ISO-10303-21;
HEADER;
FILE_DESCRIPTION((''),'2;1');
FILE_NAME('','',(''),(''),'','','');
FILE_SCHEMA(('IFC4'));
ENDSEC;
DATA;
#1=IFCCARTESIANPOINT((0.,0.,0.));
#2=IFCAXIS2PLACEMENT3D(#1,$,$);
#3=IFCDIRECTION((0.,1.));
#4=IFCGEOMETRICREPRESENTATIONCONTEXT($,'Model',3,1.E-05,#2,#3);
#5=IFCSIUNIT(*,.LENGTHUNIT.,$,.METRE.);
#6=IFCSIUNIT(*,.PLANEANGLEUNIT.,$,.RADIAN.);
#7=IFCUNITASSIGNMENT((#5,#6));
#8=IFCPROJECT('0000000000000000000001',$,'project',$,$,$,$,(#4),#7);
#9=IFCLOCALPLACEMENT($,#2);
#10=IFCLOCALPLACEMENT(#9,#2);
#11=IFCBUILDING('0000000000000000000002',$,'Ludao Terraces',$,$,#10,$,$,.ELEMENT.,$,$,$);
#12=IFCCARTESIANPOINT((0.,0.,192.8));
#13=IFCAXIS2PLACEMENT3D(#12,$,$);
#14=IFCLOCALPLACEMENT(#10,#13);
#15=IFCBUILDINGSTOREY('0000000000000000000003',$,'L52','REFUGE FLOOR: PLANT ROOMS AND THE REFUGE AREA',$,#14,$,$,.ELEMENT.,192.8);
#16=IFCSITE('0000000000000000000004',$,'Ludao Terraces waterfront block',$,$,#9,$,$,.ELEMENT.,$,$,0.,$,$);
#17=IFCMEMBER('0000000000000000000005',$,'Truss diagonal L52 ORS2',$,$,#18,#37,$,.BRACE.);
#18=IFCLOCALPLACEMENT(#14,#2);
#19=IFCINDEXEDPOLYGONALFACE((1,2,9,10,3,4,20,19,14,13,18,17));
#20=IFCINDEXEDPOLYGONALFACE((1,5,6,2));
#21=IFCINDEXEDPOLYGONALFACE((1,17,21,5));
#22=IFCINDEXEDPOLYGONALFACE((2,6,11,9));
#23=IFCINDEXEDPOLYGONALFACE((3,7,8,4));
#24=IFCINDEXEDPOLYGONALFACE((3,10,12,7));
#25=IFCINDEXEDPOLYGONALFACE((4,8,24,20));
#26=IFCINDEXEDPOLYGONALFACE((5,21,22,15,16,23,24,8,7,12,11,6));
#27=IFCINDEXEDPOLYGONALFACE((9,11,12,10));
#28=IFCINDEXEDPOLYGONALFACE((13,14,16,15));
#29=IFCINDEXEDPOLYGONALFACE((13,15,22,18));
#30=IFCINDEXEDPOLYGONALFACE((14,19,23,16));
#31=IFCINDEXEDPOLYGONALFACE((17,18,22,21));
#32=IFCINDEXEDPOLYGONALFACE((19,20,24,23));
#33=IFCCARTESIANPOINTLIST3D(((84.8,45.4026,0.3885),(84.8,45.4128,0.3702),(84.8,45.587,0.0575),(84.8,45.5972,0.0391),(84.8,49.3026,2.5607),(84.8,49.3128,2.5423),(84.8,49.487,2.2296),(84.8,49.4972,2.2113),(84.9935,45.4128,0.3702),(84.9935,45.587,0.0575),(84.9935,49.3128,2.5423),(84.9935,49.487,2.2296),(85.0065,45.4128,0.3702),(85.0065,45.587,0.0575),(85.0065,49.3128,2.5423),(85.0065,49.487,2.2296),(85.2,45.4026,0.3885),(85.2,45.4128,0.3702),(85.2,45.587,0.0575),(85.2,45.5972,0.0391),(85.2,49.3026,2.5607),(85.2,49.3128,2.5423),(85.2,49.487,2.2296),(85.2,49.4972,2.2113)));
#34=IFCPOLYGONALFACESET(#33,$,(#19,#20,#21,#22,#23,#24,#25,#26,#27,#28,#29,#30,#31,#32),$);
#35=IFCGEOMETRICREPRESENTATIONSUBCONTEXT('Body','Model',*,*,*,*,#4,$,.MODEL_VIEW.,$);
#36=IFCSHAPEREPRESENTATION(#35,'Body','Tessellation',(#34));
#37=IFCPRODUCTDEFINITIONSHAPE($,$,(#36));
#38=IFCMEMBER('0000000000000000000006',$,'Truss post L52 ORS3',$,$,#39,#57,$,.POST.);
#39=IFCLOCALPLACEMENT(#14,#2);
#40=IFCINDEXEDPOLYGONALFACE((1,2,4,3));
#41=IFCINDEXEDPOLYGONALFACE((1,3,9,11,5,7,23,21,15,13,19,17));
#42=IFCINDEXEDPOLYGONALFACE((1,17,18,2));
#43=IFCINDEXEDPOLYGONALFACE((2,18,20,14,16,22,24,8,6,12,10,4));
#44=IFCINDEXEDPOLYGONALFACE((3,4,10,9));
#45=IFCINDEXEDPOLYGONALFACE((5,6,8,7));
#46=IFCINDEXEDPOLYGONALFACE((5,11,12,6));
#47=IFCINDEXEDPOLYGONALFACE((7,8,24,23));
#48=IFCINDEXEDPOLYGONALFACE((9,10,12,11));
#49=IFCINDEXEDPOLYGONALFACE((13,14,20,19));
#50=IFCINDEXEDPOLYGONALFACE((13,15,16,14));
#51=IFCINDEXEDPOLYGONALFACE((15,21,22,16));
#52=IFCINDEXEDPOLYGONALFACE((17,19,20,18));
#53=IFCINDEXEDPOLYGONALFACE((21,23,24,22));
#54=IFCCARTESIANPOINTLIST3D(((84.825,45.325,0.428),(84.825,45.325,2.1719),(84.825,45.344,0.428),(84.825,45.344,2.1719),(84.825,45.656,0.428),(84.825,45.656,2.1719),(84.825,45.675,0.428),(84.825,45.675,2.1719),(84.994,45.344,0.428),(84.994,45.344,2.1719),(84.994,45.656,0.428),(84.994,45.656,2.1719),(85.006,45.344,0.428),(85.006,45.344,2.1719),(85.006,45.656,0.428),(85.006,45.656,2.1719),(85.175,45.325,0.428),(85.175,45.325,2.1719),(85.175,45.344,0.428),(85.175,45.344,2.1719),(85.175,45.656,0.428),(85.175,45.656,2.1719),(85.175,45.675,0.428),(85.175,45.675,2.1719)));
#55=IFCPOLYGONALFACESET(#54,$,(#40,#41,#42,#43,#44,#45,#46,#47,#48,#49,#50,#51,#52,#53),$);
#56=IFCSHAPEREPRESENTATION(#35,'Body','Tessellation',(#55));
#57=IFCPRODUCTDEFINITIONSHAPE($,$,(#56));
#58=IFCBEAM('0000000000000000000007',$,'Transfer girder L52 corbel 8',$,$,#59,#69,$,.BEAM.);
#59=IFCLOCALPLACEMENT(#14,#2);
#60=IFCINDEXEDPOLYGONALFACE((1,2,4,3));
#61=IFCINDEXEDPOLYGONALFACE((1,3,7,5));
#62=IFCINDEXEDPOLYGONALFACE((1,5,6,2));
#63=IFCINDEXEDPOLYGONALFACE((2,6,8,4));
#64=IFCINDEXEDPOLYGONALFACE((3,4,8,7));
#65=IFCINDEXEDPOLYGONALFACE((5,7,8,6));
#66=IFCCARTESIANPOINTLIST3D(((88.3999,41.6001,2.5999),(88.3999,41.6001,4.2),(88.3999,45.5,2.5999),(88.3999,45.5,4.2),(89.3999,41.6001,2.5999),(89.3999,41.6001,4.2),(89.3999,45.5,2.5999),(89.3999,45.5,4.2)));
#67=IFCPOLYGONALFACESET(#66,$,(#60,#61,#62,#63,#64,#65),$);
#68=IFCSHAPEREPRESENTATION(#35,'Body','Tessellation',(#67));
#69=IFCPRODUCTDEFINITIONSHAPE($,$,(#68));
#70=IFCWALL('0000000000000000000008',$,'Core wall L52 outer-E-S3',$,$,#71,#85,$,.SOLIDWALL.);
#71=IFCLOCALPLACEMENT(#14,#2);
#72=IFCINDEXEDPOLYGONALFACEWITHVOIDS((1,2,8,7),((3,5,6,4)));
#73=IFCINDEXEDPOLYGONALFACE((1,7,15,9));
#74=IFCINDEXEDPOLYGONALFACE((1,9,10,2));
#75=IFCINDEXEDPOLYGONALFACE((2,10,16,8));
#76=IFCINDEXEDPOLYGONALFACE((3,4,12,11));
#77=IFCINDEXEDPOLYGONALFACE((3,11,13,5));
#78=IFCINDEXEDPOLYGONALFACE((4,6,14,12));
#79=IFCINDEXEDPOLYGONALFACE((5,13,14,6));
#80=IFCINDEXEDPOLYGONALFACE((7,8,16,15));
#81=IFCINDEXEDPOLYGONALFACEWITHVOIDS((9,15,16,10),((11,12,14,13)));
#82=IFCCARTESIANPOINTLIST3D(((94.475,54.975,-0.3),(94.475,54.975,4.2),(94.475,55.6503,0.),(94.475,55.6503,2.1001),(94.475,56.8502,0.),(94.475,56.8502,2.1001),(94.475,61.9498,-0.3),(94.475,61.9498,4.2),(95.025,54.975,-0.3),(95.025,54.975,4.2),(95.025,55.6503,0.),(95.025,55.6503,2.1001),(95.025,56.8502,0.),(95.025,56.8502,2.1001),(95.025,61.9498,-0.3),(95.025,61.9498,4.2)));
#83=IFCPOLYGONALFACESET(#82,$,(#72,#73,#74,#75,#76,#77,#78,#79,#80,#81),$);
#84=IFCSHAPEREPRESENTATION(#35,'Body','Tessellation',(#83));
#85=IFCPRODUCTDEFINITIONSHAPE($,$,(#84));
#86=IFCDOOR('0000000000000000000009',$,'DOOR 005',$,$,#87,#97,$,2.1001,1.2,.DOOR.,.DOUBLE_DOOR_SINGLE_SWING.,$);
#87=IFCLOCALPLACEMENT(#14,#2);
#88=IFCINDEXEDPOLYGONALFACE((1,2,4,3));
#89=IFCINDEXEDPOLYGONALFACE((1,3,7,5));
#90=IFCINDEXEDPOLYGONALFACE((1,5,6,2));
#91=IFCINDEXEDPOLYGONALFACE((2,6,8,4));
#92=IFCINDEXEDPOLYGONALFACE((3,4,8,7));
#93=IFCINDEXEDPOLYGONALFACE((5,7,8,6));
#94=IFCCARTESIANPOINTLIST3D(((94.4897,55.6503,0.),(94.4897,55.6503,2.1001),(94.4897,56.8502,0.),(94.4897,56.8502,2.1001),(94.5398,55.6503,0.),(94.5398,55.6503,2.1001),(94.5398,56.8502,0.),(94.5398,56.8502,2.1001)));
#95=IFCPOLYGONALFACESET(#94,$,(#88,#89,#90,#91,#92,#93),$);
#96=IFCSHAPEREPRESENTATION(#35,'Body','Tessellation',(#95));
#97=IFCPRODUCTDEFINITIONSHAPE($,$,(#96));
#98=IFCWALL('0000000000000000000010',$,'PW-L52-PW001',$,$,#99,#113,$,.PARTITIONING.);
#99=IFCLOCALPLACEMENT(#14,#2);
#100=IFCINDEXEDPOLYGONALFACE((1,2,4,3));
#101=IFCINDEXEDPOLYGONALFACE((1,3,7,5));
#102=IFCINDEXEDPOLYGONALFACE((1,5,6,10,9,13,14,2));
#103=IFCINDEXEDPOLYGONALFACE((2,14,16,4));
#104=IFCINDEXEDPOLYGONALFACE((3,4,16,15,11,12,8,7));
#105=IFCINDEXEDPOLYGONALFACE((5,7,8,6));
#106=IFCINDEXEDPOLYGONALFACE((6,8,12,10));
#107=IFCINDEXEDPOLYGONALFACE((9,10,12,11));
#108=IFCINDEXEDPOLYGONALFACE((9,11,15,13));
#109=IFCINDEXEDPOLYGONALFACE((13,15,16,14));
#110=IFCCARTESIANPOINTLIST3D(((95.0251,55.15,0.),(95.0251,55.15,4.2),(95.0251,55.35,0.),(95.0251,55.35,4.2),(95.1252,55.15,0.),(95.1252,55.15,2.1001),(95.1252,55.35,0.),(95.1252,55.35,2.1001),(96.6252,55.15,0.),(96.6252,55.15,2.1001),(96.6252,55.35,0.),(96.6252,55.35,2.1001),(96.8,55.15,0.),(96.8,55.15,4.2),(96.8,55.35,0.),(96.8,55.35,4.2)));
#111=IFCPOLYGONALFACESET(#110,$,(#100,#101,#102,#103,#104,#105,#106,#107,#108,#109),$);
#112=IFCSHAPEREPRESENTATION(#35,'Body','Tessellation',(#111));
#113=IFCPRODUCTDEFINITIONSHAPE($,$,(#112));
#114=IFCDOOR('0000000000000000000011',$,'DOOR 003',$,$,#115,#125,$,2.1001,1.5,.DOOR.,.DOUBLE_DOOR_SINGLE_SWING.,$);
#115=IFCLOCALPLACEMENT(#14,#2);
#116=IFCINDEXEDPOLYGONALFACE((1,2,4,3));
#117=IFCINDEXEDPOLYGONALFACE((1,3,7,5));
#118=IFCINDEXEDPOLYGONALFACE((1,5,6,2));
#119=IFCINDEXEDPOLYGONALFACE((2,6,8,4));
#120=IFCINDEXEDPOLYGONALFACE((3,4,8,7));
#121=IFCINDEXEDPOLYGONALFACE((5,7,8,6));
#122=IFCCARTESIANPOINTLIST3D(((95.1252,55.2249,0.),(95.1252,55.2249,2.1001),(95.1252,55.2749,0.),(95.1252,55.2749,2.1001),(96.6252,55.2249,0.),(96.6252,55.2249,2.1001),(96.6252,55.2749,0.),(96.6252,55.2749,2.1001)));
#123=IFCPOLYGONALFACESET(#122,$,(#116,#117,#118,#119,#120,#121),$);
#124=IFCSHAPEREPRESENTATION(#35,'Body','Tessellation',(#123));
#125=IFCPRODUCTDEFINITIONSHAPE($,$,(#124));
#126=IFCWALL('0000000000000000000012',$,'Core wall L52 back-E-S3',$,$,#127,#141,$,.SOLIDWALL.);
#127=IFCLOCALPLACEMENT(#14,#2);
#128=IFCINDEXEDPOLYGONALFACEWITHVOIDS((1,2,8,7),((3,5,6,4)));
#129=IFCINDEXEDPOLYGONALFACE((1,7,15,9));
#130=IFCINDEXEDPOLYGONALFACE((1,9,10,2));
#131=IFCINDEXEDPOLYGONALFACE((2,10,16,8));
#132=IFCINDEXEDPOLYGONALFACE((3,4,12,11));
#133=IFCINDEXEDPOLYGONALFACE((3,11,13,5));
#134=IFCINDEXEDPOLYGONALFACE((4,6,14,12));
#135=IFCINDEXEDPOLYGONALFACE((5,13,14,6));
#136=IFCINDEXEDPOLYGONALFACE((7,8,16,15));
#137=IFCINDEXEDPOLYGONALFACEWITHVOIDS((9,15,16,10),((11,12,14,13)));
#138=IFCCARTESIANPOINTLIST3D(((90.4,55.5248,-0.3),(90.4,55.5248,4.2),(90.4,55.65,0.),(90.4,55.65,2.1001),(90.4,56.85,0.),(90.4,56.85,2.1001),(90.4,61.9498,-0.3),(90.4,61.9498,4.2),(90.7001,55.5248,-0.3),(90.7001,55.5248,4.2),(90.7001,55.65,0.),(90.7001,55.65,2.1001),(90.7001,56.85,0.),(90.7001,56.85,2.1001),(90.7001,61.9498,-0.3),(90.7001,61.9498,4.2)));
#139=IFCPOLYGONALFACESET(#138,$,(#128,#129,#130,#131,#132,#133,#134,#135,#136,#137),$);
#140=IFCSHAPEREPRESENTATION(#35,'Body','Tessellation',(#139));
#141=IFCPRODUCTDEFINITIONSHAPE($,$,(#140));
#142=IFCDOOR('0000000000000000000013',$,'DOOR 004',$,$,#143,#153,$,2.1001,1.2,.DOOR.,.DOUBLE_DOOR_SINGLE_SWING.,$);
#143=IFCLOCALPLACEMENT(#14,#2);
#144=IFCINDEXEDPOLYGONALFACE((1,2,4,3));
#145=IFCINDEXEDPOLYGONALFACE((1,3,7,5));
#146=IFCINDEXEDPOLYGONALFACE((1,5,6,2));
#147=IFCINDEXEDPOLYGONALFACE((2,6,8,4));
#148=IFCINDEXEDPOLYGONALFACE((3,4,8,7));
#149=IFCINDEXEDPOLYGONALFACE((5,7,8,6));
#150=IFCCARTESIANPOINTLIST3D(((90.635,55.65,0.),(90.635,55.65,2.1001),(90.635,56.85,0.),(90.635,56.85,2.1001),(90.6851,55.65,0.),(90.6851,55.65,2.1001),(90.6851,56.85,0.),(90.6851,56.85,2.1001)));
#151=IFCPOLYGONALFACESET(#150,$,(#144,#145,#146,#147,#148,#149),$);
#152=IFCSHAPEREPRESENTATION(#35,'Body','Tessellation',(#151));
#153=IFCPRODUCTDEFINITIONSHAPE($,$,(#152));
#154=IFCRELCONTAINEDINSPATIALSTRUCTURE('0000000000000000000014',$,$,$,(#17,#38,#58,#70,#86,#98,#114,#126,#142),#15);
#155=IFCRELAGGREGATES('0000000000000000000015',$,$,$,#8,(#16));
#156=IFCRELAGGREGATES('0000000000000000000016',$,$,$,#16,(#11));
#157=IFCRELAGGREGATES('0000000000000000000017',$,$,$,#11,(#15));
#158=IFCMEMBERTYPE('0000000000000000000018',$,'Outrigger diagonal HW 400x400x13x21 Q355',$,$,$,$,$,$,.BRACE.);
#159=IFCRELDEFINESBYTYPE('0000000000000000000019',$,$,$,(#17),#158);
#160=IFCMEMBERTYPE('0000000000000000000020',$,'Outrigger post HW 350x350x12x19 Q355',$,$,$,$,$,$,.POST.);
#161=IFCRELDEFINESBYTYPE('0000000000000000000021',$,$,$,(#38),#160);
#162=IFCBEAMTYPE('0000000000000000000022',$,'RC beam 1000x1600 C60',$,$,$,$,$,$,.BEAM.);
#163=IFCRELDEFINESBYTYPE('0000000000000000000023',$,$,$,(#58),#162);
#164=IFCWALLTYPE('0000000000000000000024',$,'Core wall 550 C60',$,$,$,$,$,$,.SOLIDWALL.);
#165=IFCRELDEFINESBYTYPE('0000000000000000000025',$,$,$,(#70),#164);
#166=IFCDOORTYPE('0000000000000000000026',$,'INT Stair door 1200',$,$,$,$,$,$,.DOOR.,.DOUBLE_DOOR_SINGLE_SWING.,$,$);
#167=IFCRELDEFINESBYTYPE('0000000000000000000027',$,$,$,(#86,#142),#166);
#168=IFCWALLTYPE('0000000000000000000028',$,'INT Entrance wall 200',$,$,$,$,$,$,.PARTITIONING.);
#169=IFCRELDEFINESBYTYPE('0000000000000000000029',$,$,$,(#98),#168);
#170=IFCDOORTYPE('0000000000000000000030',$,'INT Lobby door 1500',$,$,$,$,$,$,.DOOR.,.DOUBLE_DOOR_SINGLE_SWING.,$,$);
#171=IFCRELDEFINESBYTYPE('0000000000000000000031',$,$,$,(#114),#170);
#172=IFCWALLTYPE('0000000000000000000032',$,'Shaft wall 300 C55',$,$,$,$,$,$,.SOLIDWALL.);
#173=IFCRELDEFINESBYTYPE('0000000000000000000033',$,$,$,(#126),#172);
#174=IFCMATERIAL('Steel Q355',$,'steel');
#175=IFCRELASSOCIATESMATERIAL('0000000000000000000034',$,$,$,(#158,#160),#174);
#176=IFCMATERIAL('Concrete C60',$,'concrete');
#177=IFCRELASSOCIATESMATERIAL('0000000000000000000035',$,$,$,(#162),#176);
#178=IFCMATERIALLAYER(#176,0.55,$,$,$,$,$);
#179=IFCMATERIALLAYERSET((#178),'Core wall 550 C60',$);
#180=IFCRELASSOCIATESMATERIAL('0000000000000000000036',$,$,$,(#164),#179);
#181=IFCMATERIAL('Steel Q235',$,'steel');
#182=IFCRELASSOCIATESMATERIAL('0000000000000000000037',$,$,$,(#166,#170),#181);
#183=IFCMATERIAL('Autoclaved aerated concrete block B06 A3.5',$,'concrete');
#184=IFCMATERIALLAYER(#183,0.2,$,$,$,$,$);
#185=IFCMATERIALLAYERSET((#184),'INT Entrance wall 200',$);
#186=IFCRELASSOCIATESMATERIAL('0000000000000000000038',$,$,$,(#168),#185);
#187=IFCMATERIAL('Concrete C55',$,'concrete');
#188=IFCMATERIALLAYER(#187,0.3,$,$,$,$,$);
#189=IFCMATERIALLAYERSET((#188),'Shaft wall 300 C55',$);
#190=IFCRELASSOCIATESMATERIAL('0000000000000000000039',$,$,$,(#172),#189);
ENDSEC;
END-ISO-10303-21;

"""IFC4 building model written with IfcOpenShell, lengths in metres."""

from ifc_helpers import new_model, si_unit, direction, frame, frame_2d, origin, origin_2d, place, context, subcontext, project, spatial, rectangle, i_section, extrude, material, layer, layer_set, material_profile, profile_set, type_object, element, fill, save


model = new_model("IFC4")

# Units and contexts
model_context = context("Model", 3, precision=1e-05, world=origin(), true_north=direction((0.0, 1.0)))
body_context = subcontext(model_context, "Body", "Model", "MODEL_VIEW")
ifc_project = project(units=[si_unit("LENGTHUNIT", "METRE"), si_unit("PLANEANGLEUNIT", "RADIAN")], contexts=[model_context])

# Site, building, storey
site_placement = place(None, origin())
site = spatial("IfcSite", under=ifc_project, at=site_placement, Name="Ludao Terraces waterfront block", CompositionType="ELEMENT", RefElevation=0.0)
building_placement = place(site_placement, origin())
building = spatial("IfcBuilding", under=site, at=building_placement, Name="Ludao Terraces", CompositionType="ELEMENT")
storey_placement = place(building_placement, frame((0.0, 0.0, 192.8)))
storey = spatial("IfcBuildingStorey", under=building, at=storey_placement, Name="L52", Description="REFUGE FLOOR: PLANT ROOMS AND THE REFUGE AREA", CompositionType="ELEMENT", Elevation=192.8)

# Members
ifc_material_1 = material(Name="Steel Q355", Category="steel")
ifc_material_profile_1 = material_profile(ifc_material_1, i_section(OverallWidth=0.3999, OverallDepth=0.3999, WebThickness=0.0129, FlangeThickness=0.021, at=origin_2d()), Name="HW 400X400X13X21")
ifc_profile_set_1 = profile_set([ifc_material_profile_1], Name="Steel Q355")
member_type_1 = type_object("IfcMemberType", Name="Outrigger diagonal HW 400x400x13x21 Q355", PredefinedType="BRACE", material=ifc_profile_set_1)
member_1_placement = place(storey_placement, frame((85.0, 49.3999, 2.386), z_axis=(0.0, -0.873633, -0.486585), x_axis=(1.0, 0.0, 0.0)))
element("IfcMember", 1, at=member_1_placement, inside=storey, type_object=member_type_1, Name="Truss diagonal L52 ORS2", PredefinedType="BRACE", context=body_context, shape_type="SweptSolid", body=[
    extrude(i_section(OverallWidth=0.3999, OverallDepth=0.3999, WebThickness=0.0129, FlangeThickness=0.021, at=origin_2d()), origin(), (0.0, 0.0, 1.0), 4.4641),
])
ifc_material_profile_2 = material_profile(ifc_material_1, i_section(OverallWidth=0.3501, OverallDepth=0.3501, WebThickness=0.012, FlangeThickness=0.019, at=origin_2d()), Name="HW 350X350X12X19")
ifc_profile_set_2 = profile_set([ifc_material_profile_2], Name="Steel Q355")
member_type_2 = type_object("IfcMemberType", Name="Outrigger post HW 350x350x12x19 Q355", PredefinedType="POST", material=ifc_profile_set_2)
member_2_placement = place(storey_placement, frame((85.0, 45.5, 0.428), z_axis=(0.0, 0.0, 1.0), x_axis=(1.0, 0.0, 0.0)))
element("IfcMember", 2, at=member_2_placement, inside=storey, type_object=member_type_2, Name="Truss post L52 ORS3", PredefinedType="POST", context=body_context, shape_type="SweptSolid", body=[
    extrude(i_section(OverallWidth=0.3501, OverallDepth=0.3501, WebThickness=0.012, FlangeThickness=0.019, at=origin_2d()), origin(), (0.0, 0.0, 1.0), 1.7439),
])

# Beam
ifc_material_2 = material(Name="Concrete C60", Category="concrete")
ifc_material_profile_3 = material_profile(ifc_material_2, rectangle(XDim=1.0, YDim=1.6001, at=origin_2d()), Name="1000 X 1600")
ifc_profile_set_3 = profile_set([ifc_material_profile_3], Name="Concrete C60")
beam_type = type_object("IfcBeamType", Name="RC beam 1000x1600 C60", PredefinedType="BEAM", material=ifc_profile_set_3)
beam_placement = place(storey_placement, frame((88.8999, 41.6001, 3.3999), z_axis=(0.0, 1.0, 0.0), x_axis=(-1.0, 0.0, 0.0)))
element("IfcBeam", 3, at=beam_placement, inside=storey, type_object=beam_type, Name="Transfer girder L52 corbel 8", PredefinedType="BEAM", context=body_context, shape_type="SweptSolid", body=[
    extrude(rectangle(XDim=1.0, YDim=1.6001, at=origin_2d()), origin(), (0.0, 0.0, 1.0), 3.8999),
])

# Walls, openings, doors
ifc_layer_1 = layer(ifc_material_2, 0.55)
ifc_layer_set_1 = layer_set([ifc_layer_1], Name="Core wall 550 C60")
wall_type_1 = type_object("IfcWallType", Name="Core wall 550 C60", PredefinedType="SOLIDWALL", material=ifc_layer_set_1)
wall_1_placement = place(storey_placement, frame((94.75, 54.9751, -0.3), z_axis=(0.0, 0.0, 1.0), x_axis=(0.0, 1.0, 0.0)))
wall_1 = element("IfcWall", 4, at=wall_1_placement, inside=storey, type_object=wall_type_1, Name="Core wall L52 outer-E-S3", PredefinedType="SOLIDWALL", context=body_context, shape_type="SweptSolid", body=[
    extrude(rectangle(XDim=6.9749, YDim=0.55, at=frame_2d((3.4873, 0.0))), origin(), (0.0, 0.0, 1.0), 4.5),
])
opening_1_placement = place(wall_1_placement, frame((0.675, 0.0, 0.3)))
opening_1 = element("IfcOpeningElement", 5, at=opening_1_placement, cuts=wall_1, PredefinedType="OPENING", context=body_context, shape_type="SweptSolid", body=[
    extrude(rectangle(XDim=1.2, YDim=2.1001, at=frame_2d((0.6001, 1.05))), frame((0.0, 0.2852, 0.0), z_axis=(0.0, -1.0, 0.0), x_axis=(1.0, 0.0, 0.0)), (0.0, 0.0, 1.0), 0.5701),
])
ifc_material_3 = material(Name="Steel Q235", Category="steel")
door_type_1 = type_object("IfcDoorType", Name="INT Stair door 1200", OperationType="DOUBLE_DOOR_SINGLE_SWING", PredefinedType="DOOR", material=ifc_material_3)
door_1_placement = place(opening_1_placement, origin())
door_1 = element("IfcDoor", 6, at=door_1_placement, inside=storey, type_object=door_type_1, Name="DOOR 005", OperationType="DOUBLE_DOOR_SINGLE_SWING", OverallHeight=2.1001, OverallWidth=1.2, PredefinedType="DOOR", context=body_context, shape_type="SweptSolid", body=[
    extrude(rectangle(XDim=1.2, YDim=2.1001, at=frame_2d((0.6001, 1.05))), frame((0.0, 0.2603, 0.0), z_axis=(0.0, -1.0, 0.0), x_axis=(1.0, 0.0, 0.0)), (0.0, 0.0, 1.0), 0.05),
])
fill(opening_1, door_1)
ifc_material_4 = material(Name="Autoclaved aerated concrete block B06 A3.5", Category="concrete")
ifc_layer_2 = layer(ifc_material_4, 0.2)
ifc_layer_set_2 = layer_set([ifc_layer_2], Name="INT Entrance wall 200")
wall_type_2 = type_object("IfcWallType", Name="INT Entrance wall 200", PredefinedType="PARTITIONING", material=ifc_layer_set_2)
wall_2_placement = place(storey_placement, frame((95.0251, 55.25, 0.0), z_axis=(0.0, 0.0, 1.0), x_axis=(1.0, 0.0, 0.0)))
wall_2 = element("IfcWall", 7, at=wall_2_placement, inside=storey, type_object=wall_type_2, Name="PW-L52-PW001", PredefinedType="PARTITIONING", context=body_context, shape_type="SweptSolid", body=[
    extrude(rectangle(XDim=1.7749, YDim=0.2, at=frame_2d((0.8875, 0.0))), origin(), (0.0, 0.0, 1.0), 4.2),
])
opening_2_placement = place(wall_2_placement, frame((0.1001, 0.0, 0.0)))
opening_2 = element("IfcOpeningElement", 8, at=opening_2_placement, cuts=wall_2, PredefinedType="OPENING", context=body_context, shape_type="SweptSolid", body=[
    extrude(rectangle(XDim=1.5, YDim=2.1001, at=frame_2d((0.75, 1.05))), frame((0.0, 0.1099, 0.0), z_axis=(0.0, -1.0, 0.0), x_axis=(1.0, 0.0, 0.0)), (0.0, 0.0, 1.0), 0.22),
])
door_type_2 = type_object("IfcDoorType", Name="INT Lobby door 1500", OperationType="DOUBLE_DOOR_SINGLE_SWING", PredefinedType="DOOR", material=ifc_material_3)
door_2_placement = place(opening_2_placement, origin())
door_2 = element("IfcDoor", 9, at=door_2_placement, inside=storey, type_object=door_type_2, Name="DOOR 003", OperationType="DOUBLE_DOOR_SINGLE_SWING", OverallHeight=2.1001, OverallWidth=1.5, PredefinedType="DOOR", context=body_context, shape_type="SweptSolid", body=[
    extrude(rectangle(XDim=1.5, YDim=2.1001, at=frame_2d((0.75, 1.05))), frame((0.0, 0.0249, 0.0), z_axis=(0.0, -1.0, 0.0), x_axis=(1.0, 0.0, 0.0)), (0.0, 0.0, 1.0), 0.05),
])
fill(opening_2, door_2)
ifc_material_5 = material(Name="Concrete C55", Category="concrete")
ifc_layer_3 = layer(ifc_material_5, 0.3)
ifc_layer_set_3 = layer_set([ifc_layer_3], Name="Shaft wall 300 C55")
wall_type_3 = type_object("IfcWallType", Name="Shaft wall 300 C55", PredefinedType="SOLIDWALL", material=ifc_layer_set_3)
wall_3_placement = place(storey_placement, frame((90.55, 55.5249, -0.3), z_axis=(0.0, 0.0, 1.0), x_axis=(0.0, 1.0, 0.0)))
wall_3 = element("IfcWall", 10, at=wall_3_placement, inside=storey, type_object=wall_type_3, Name="Core wall L52 back-E-S3", PredefinedType="SOLIDWALL", context=body_context, shape_type="SweptSolid", body=[
    extrude(rectangle(XDim=6.425, YDim=0.3, at=frame_2d((3.2124, 0.0))), origin(), (0.0, 0.0, 1.0), 4.5),
])
opening_3_placement = place(wall_3_placement, frame((0.125, 0.0, 0.3)))
opening_3 = element("IfcOpeningElement", 11, at=opening_3_placement, cuts=wall_3, PredefinedType="OPENING", context=body_context, shape_type="SweptSolid", body=[
    extrude(rectangle(XDim=1.2, YDim=2.1001, at=frame_2d((0.6001, 1.05))), frame((0.0, 0.1602, 0.0), z_axis=(0.0, -1.0, 0.0), x_axis=(1.0, 0.0, 0.0)), (0.0, 0.0, 1.0), 0.3201),
])
door_3_placement = place(opening_3_placement, origin())
door_3 = element("IfcDoor", 12, at=door_3_placement, inside=storey, type_object=door_type_1, Name="DOOR 004", OperationType="DOUBLE_DOOR_SINGLE_SWING", OverallHeight=2.1001, OverallWidth=1.2, PredefinedType="DOOR", context=body_context, shape_type="SweptSolid", body=[
    extrude(rectangle(XDim=1.2, YDim=2.1001, at=frame_2d((0.6001, 1.05))), frame((0.0, -0.085, 0.0), z_axis=(0.0, -1.0, 0.0), x_axis=(1.0, 0.0, 0.0)), (0.0, 0.0, 1.0), 0.05),
])
fill(opening_3, door_3)

save(model, "model.ifc")
